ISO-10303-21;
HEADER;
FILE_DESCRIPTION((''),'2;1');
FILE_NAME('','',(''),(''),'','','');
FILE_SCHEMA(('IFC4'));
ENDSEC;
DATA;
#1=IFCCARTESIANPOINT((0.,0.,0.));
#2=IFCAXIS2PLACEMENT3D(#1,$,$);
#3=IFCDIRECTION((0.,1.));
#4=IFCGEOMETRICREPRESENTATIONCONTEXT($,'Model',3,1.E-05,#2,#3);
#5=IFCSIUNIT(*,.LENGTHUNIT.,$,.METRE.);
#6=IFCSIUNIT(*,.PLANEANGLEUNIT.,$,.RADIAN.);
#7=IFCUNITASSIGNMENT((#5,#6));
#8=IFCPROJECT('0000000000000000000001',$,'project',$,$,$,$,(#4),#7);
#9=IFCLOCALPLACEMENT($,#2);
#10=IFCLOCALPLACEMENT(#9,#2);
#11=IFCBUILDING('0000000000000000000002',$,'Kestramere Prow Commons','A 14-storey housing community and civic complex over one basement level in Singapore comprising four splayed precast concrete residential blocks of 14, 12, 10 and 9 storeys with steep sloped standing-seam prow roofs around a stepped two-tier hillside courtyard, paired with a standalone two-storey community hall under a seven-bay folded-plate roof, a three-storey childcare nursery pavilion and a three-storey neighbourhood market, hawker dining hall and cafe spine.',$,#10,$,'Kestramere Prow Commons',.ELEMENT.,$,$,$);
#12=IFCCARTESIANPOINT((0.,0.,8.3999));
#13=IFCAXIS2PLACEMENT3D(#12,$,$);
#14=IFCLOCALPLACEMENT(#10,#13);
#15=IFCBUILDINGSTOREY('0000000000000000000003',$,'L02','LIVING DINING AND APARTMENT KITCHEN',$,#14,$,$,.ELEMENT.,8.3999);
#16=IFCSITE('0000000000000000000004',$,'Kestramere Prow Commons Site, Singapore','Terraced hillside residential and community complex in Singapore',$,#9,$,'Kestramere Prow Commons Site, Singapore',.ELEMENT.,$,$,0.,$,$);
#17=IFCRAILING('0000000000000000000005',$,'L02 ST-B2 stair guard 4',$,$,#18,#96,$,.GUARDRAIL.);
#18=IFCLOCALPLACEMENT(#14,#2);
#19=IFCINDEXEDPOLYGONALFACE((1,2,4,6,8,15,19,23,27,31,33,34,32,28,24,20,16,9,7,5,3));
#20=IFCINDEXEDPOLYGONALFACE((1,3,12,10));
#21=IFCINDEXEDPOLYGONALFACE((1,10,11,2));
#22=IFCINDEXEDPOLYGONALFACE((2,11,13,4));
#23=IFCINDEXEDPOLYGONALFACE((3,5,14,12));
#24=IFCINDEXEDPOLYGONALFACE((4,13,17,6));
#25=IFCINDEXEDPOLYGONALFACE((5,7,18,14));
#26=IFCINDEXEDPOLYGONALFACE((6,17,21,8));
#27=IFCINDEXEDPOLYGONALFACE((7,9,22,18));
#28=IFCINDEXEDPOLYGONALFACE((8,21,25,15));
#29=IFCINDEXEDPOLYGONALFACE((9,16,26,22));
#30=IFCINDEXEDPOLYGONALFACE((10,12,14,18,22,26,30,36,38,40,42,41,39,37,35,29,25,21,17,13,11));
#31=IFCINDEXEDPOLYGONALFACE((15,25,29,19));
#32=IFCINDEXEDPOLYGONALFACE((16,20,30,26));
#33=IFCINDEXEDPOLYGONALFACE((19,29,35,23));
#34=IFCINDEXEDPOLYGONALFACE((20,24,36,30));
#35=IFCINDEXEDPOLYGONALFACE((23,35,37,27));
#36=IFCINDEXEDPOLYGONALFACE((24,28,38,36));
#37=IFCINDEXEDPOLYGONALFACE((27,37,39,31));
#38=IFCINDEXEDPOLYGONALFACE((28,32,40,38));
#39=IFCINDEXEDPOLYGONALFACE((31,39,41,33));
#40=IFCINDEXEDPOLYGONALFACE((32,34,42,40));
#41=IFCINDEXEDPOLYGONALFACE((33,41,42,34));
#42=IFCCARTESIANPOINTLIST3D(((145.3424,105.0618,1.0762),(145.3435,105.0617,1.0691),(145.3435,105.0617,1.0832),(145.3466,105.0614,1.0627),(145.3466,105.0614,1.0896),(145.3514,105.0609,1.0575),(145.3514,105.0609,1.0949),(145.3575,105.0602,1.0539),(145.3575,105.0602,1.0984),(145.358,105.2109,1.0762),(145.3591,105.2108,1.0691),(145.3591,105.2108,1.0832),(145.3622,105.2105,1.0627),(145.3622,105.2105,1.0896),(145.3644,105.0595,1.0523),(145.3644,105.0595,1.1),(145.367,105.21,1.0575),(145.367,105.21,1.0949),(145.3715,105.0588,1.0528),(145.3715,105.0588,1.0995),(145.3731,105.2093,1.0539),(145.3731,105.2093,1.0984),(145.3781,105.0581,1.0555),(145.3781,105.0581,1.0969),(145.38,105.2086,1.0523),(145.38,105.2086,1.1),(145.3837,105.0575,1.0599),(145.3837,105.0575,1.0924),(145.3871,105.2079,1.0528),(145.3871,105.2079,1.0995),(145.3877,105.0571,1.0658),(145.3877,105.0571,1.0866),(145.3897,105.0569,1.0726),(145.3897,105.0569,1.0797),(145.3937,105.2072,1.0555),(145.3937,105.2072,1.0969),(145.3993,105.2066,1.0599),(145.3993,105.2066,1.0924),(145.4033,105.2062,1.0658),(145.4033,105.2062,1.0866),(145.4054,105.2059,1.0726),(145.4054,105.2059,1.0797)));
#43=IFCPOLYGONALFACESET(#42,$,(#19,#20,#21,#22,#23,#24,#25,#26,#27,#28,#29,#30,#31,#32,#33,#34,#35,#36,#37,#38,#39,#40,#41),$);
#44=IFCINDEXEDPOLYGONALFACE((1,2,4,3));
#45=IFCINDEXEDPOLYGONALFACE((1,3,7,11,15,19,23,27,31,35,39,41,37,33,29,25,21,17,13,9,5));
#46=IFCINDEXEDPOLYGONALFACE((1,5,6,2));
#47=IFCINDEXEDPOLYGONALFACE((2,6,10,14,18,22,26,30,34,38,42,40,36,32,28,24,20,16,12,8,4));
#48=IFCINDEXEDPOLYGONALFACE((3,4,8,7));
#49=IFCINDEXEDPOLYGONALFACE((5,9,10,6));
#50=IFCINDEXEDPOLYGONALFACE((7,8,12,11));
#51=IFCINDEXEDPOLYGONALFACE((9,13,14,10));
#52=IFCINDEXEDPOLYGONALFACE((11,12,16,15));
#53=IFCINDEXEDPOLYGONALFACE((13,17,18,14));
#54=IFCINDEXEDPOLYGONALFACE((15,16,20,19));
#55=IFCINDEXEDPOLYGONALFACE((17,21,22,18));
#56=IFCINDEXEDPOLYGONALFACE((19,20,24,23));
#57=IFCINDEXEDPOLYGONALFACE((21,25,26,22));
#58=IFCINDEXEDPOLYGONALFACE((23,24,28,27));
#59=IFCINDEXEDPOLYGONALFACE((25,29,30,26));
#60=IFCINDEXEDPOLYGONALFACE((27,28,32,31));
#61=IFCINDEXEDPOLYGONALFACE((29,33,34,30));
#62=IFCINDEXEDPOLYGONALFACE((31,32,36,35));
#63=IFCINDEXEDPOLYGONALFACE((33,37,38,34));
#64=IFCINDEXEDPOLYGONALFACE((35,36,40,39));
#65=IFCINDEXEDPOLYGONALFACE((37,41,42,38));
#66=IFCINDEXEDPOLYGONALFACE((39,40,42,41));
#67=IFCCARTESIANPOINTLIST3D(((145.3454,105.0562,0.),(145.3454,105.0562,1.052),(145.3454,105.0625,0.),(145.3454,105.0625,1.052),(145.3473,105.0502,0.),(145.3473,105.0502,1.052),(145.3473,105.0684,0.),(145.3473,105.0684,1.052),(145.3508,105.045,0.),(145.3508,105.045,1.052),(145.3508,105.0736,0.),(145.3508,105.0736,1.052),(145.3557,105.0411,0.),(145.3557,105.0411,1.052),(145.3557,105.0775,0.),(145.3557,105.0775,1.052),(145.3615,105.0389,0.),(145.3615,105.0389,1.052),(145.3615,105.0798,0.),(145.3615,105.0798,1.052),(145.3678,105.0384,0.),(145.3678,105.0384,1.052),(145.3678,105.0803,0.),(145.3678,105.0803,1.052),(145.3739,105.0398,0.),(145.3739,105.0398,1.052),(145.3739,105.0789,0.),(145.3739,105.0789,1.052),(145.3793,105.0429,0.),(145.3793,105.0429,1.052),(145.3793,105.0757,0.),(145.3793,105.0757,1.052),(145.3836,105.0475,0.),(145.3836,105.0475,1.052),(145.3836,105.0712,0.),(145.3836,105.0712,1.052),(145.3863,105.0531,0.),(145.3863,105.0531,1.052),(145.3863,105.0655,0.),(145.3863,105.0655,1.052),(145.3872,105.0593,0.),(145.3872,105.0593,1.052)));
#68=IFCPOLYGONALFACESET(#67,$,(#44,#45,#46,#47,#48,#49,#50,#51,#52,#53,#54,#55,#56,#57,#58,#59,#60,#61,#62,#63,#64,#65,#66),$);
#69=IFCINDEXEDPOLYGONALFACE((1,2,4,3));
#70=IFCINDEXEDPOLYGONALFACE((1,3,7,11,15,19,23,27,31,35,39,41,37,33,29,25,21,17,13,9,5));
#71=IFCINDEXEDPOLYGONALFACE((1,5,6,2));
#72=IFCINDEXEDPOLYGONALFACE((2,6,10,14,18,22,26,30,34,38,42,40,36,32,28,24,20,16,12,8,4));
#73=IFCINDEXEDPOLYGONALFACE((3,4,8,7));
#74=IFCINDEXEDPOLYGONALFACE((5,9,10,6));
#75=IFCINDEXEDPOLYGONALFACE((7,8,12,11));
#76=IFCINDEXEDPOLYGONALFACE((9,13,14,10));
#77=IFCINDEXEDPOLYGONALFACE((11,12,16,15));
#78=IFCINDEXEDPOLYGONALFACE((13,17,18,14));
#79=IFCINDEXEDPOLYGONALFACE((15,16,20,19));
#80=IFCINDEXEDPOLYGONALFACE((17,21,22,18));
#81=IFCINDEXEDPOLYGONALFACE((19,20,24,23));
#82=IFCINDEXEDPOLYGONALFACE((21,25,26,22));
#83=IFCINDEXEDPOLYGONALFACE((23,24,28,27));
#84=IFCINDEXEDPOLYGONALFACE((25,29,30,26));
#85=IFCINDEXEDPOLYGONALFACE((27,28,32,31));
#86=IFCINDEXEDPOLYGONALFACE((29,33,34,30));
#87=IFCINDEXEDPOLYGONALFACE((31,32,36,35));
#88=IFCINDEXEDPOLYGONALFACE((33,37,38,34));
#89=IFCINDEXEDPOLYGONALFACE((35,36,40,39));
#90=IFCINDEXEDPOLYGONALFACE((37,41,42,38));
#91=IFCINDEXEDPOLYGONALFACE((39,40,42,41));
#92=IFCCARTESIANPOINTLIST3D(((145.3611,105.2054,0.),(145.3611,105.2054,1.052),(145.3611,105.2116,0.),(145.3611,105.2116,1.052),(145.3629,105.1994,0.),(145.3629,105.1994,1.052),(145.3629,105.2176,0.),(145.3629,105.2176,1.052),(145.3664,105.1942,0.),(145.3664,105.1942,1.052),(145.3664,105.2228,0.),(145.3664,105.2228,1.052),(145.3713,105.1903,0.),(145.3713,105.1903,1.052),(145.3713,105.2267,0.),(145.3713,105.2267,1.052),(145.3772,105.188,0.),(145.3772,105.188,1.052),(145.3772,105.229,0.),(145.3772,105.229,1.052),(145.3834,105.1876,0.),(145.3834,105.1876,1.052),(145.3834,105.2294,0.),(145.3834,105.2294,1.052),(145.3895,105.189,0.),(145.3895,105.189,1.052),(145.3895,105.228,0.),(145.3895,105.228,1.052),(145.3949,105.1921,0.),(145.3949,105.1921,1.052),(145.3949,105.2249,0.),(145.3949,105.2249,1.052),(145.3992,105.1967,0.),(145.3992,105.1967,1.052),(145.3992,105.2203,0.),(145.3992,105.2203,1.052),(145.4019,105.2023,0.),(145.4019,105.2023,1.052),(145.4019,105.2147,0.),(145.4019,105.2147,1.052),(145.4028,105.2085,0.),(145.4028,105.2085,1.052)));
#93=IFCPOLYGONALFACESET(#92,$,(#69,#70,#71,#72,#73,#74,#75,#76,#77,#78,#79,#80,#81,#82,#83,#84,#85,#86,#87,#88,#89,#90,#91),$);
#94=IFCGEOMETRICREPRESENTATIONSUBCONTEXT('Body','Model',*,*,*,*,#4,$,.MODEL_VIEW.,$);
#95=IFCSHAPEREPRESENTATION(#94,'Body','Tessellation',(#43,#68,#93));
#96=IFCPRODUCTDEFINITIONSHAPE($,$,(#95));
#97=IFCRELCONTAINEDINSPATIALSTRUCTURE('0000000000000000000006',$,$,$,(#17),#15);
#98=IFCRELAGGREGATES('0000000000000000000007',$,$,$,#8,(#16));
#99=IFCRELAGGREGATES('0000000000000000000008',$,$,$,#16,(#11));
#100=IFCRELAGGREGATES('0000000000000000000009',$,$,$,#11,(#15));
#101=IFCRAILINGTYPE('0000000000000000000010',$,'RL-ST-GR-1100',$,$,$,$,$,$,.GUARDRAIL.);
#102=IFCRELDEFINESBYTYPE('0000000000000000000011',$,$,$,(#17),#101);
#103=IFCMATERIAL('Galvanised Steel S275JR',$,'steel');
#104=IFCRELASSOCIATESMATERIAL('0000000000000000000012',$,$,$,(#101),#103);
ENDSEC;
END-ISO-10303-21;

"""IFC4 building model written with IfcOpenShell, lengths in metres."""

from ifc_helpers import new_model, si_unit, direction, frame, origin, origin_2d, place, context, subcontext, project, spatial, circle, extrude, material, type_object, element, save


model = new_model("IFC4")

# Units and contexts
model_context = context("Model", 3, precision=1e-05, world=origin(), true_north=direction((0.0, 1.0)))
body_context = subcontext(model_context, "Body", "Model", "MODEL_VIEW")
ifc_project = project(units=[si_unit("LENGTHUNIT", "METRE"), si_unit("PLANEANGLEUNIT", "RADIAN")], contexts=[model_context])

# Site, building, storey
site_placement = place(None, origin())
site = spatial("IfcSite", under=ifc_project, at=site_placement, Name="Kestramere Prow Commons Site, Singapore", Description="Terraced hillside residential and community complex in Singapore", LongName="Kestramere Prow Commons Site, Singapore", CompositionType="ELEMENT", RefElevation=0.0)
building_placement = place(site_placement, origin())
building = spatial("IfcBuilding", under=site, at=building_placement, Name="Kestramere Prow Commons", Description="A 14-storey housing community and civic complex over one basement level in Singapore comprising four splayed precast concrete residential blocks of 14, 12, 10 and 9 storeys with steep sloped standing-seam prow roofs around a stepped two-tier hillside courtyard, paired with a standalone two-storey community hall under a seven-bay folded-plate roof, a three-storey childcare nursery pavilion and a three-storey neighbourhood market, hawker dining hall and cafe spine.", LongName="Kestramere Prow Commons", CompositionType="ELEMENT")
storey_placement = place(building_placement, frame((0.0, 0.0, 8.3999)))
storey = spatial("IfcBuildingStorey", under=building, at=storey_placement, Name="L02", Description="LIVING DINING AND APARTMENT KITCHEN", CompositionType="ELEMENT", Elevation=8.3999)

# Railing
ifc_material_1 = material(Name="Galvanised Steel S275JR", Category="steel")
railing_type_1 = type_object("IfcRailingType", Name="RL-ST-GR-1100", PredefinedType="GUARDRAIL", material=ifc_material_1)
railing_1_placement = place(storey_placement, frame((145.3662, 105.0593, 0.0)))
element("IfcRailing", 1, at=railing_1_placement, inside=storey, type_object=railing_type_1, Name="L02 ST-B2 stair guard 4", PredefinedType="GUARDRAIL", context=body_context, shape_type="SweptSolid", body=[
    extrude(circle(Radius=0.0239, at=origin_2d()), frame((0.0, 0.0, 1.0762), z_axis=(0.104176, 0.994559, 0.0), x_axis=(-0.994559, 0.104176, 0.0)), (0.0, 0.0, 1.0), 0.1499),
    extrude(circle(Radius=0.021, at=origin_2d()), origin(), (0.0, 0.0, 1.0), 1.052),
    extrude(circle(Radius=0.021, at=origin_2d()), frame((0.0156, 0.1492, 0.0)), (0.0, 0.0, 1.0), 1.052),
])

save(model, "model.ifc")
